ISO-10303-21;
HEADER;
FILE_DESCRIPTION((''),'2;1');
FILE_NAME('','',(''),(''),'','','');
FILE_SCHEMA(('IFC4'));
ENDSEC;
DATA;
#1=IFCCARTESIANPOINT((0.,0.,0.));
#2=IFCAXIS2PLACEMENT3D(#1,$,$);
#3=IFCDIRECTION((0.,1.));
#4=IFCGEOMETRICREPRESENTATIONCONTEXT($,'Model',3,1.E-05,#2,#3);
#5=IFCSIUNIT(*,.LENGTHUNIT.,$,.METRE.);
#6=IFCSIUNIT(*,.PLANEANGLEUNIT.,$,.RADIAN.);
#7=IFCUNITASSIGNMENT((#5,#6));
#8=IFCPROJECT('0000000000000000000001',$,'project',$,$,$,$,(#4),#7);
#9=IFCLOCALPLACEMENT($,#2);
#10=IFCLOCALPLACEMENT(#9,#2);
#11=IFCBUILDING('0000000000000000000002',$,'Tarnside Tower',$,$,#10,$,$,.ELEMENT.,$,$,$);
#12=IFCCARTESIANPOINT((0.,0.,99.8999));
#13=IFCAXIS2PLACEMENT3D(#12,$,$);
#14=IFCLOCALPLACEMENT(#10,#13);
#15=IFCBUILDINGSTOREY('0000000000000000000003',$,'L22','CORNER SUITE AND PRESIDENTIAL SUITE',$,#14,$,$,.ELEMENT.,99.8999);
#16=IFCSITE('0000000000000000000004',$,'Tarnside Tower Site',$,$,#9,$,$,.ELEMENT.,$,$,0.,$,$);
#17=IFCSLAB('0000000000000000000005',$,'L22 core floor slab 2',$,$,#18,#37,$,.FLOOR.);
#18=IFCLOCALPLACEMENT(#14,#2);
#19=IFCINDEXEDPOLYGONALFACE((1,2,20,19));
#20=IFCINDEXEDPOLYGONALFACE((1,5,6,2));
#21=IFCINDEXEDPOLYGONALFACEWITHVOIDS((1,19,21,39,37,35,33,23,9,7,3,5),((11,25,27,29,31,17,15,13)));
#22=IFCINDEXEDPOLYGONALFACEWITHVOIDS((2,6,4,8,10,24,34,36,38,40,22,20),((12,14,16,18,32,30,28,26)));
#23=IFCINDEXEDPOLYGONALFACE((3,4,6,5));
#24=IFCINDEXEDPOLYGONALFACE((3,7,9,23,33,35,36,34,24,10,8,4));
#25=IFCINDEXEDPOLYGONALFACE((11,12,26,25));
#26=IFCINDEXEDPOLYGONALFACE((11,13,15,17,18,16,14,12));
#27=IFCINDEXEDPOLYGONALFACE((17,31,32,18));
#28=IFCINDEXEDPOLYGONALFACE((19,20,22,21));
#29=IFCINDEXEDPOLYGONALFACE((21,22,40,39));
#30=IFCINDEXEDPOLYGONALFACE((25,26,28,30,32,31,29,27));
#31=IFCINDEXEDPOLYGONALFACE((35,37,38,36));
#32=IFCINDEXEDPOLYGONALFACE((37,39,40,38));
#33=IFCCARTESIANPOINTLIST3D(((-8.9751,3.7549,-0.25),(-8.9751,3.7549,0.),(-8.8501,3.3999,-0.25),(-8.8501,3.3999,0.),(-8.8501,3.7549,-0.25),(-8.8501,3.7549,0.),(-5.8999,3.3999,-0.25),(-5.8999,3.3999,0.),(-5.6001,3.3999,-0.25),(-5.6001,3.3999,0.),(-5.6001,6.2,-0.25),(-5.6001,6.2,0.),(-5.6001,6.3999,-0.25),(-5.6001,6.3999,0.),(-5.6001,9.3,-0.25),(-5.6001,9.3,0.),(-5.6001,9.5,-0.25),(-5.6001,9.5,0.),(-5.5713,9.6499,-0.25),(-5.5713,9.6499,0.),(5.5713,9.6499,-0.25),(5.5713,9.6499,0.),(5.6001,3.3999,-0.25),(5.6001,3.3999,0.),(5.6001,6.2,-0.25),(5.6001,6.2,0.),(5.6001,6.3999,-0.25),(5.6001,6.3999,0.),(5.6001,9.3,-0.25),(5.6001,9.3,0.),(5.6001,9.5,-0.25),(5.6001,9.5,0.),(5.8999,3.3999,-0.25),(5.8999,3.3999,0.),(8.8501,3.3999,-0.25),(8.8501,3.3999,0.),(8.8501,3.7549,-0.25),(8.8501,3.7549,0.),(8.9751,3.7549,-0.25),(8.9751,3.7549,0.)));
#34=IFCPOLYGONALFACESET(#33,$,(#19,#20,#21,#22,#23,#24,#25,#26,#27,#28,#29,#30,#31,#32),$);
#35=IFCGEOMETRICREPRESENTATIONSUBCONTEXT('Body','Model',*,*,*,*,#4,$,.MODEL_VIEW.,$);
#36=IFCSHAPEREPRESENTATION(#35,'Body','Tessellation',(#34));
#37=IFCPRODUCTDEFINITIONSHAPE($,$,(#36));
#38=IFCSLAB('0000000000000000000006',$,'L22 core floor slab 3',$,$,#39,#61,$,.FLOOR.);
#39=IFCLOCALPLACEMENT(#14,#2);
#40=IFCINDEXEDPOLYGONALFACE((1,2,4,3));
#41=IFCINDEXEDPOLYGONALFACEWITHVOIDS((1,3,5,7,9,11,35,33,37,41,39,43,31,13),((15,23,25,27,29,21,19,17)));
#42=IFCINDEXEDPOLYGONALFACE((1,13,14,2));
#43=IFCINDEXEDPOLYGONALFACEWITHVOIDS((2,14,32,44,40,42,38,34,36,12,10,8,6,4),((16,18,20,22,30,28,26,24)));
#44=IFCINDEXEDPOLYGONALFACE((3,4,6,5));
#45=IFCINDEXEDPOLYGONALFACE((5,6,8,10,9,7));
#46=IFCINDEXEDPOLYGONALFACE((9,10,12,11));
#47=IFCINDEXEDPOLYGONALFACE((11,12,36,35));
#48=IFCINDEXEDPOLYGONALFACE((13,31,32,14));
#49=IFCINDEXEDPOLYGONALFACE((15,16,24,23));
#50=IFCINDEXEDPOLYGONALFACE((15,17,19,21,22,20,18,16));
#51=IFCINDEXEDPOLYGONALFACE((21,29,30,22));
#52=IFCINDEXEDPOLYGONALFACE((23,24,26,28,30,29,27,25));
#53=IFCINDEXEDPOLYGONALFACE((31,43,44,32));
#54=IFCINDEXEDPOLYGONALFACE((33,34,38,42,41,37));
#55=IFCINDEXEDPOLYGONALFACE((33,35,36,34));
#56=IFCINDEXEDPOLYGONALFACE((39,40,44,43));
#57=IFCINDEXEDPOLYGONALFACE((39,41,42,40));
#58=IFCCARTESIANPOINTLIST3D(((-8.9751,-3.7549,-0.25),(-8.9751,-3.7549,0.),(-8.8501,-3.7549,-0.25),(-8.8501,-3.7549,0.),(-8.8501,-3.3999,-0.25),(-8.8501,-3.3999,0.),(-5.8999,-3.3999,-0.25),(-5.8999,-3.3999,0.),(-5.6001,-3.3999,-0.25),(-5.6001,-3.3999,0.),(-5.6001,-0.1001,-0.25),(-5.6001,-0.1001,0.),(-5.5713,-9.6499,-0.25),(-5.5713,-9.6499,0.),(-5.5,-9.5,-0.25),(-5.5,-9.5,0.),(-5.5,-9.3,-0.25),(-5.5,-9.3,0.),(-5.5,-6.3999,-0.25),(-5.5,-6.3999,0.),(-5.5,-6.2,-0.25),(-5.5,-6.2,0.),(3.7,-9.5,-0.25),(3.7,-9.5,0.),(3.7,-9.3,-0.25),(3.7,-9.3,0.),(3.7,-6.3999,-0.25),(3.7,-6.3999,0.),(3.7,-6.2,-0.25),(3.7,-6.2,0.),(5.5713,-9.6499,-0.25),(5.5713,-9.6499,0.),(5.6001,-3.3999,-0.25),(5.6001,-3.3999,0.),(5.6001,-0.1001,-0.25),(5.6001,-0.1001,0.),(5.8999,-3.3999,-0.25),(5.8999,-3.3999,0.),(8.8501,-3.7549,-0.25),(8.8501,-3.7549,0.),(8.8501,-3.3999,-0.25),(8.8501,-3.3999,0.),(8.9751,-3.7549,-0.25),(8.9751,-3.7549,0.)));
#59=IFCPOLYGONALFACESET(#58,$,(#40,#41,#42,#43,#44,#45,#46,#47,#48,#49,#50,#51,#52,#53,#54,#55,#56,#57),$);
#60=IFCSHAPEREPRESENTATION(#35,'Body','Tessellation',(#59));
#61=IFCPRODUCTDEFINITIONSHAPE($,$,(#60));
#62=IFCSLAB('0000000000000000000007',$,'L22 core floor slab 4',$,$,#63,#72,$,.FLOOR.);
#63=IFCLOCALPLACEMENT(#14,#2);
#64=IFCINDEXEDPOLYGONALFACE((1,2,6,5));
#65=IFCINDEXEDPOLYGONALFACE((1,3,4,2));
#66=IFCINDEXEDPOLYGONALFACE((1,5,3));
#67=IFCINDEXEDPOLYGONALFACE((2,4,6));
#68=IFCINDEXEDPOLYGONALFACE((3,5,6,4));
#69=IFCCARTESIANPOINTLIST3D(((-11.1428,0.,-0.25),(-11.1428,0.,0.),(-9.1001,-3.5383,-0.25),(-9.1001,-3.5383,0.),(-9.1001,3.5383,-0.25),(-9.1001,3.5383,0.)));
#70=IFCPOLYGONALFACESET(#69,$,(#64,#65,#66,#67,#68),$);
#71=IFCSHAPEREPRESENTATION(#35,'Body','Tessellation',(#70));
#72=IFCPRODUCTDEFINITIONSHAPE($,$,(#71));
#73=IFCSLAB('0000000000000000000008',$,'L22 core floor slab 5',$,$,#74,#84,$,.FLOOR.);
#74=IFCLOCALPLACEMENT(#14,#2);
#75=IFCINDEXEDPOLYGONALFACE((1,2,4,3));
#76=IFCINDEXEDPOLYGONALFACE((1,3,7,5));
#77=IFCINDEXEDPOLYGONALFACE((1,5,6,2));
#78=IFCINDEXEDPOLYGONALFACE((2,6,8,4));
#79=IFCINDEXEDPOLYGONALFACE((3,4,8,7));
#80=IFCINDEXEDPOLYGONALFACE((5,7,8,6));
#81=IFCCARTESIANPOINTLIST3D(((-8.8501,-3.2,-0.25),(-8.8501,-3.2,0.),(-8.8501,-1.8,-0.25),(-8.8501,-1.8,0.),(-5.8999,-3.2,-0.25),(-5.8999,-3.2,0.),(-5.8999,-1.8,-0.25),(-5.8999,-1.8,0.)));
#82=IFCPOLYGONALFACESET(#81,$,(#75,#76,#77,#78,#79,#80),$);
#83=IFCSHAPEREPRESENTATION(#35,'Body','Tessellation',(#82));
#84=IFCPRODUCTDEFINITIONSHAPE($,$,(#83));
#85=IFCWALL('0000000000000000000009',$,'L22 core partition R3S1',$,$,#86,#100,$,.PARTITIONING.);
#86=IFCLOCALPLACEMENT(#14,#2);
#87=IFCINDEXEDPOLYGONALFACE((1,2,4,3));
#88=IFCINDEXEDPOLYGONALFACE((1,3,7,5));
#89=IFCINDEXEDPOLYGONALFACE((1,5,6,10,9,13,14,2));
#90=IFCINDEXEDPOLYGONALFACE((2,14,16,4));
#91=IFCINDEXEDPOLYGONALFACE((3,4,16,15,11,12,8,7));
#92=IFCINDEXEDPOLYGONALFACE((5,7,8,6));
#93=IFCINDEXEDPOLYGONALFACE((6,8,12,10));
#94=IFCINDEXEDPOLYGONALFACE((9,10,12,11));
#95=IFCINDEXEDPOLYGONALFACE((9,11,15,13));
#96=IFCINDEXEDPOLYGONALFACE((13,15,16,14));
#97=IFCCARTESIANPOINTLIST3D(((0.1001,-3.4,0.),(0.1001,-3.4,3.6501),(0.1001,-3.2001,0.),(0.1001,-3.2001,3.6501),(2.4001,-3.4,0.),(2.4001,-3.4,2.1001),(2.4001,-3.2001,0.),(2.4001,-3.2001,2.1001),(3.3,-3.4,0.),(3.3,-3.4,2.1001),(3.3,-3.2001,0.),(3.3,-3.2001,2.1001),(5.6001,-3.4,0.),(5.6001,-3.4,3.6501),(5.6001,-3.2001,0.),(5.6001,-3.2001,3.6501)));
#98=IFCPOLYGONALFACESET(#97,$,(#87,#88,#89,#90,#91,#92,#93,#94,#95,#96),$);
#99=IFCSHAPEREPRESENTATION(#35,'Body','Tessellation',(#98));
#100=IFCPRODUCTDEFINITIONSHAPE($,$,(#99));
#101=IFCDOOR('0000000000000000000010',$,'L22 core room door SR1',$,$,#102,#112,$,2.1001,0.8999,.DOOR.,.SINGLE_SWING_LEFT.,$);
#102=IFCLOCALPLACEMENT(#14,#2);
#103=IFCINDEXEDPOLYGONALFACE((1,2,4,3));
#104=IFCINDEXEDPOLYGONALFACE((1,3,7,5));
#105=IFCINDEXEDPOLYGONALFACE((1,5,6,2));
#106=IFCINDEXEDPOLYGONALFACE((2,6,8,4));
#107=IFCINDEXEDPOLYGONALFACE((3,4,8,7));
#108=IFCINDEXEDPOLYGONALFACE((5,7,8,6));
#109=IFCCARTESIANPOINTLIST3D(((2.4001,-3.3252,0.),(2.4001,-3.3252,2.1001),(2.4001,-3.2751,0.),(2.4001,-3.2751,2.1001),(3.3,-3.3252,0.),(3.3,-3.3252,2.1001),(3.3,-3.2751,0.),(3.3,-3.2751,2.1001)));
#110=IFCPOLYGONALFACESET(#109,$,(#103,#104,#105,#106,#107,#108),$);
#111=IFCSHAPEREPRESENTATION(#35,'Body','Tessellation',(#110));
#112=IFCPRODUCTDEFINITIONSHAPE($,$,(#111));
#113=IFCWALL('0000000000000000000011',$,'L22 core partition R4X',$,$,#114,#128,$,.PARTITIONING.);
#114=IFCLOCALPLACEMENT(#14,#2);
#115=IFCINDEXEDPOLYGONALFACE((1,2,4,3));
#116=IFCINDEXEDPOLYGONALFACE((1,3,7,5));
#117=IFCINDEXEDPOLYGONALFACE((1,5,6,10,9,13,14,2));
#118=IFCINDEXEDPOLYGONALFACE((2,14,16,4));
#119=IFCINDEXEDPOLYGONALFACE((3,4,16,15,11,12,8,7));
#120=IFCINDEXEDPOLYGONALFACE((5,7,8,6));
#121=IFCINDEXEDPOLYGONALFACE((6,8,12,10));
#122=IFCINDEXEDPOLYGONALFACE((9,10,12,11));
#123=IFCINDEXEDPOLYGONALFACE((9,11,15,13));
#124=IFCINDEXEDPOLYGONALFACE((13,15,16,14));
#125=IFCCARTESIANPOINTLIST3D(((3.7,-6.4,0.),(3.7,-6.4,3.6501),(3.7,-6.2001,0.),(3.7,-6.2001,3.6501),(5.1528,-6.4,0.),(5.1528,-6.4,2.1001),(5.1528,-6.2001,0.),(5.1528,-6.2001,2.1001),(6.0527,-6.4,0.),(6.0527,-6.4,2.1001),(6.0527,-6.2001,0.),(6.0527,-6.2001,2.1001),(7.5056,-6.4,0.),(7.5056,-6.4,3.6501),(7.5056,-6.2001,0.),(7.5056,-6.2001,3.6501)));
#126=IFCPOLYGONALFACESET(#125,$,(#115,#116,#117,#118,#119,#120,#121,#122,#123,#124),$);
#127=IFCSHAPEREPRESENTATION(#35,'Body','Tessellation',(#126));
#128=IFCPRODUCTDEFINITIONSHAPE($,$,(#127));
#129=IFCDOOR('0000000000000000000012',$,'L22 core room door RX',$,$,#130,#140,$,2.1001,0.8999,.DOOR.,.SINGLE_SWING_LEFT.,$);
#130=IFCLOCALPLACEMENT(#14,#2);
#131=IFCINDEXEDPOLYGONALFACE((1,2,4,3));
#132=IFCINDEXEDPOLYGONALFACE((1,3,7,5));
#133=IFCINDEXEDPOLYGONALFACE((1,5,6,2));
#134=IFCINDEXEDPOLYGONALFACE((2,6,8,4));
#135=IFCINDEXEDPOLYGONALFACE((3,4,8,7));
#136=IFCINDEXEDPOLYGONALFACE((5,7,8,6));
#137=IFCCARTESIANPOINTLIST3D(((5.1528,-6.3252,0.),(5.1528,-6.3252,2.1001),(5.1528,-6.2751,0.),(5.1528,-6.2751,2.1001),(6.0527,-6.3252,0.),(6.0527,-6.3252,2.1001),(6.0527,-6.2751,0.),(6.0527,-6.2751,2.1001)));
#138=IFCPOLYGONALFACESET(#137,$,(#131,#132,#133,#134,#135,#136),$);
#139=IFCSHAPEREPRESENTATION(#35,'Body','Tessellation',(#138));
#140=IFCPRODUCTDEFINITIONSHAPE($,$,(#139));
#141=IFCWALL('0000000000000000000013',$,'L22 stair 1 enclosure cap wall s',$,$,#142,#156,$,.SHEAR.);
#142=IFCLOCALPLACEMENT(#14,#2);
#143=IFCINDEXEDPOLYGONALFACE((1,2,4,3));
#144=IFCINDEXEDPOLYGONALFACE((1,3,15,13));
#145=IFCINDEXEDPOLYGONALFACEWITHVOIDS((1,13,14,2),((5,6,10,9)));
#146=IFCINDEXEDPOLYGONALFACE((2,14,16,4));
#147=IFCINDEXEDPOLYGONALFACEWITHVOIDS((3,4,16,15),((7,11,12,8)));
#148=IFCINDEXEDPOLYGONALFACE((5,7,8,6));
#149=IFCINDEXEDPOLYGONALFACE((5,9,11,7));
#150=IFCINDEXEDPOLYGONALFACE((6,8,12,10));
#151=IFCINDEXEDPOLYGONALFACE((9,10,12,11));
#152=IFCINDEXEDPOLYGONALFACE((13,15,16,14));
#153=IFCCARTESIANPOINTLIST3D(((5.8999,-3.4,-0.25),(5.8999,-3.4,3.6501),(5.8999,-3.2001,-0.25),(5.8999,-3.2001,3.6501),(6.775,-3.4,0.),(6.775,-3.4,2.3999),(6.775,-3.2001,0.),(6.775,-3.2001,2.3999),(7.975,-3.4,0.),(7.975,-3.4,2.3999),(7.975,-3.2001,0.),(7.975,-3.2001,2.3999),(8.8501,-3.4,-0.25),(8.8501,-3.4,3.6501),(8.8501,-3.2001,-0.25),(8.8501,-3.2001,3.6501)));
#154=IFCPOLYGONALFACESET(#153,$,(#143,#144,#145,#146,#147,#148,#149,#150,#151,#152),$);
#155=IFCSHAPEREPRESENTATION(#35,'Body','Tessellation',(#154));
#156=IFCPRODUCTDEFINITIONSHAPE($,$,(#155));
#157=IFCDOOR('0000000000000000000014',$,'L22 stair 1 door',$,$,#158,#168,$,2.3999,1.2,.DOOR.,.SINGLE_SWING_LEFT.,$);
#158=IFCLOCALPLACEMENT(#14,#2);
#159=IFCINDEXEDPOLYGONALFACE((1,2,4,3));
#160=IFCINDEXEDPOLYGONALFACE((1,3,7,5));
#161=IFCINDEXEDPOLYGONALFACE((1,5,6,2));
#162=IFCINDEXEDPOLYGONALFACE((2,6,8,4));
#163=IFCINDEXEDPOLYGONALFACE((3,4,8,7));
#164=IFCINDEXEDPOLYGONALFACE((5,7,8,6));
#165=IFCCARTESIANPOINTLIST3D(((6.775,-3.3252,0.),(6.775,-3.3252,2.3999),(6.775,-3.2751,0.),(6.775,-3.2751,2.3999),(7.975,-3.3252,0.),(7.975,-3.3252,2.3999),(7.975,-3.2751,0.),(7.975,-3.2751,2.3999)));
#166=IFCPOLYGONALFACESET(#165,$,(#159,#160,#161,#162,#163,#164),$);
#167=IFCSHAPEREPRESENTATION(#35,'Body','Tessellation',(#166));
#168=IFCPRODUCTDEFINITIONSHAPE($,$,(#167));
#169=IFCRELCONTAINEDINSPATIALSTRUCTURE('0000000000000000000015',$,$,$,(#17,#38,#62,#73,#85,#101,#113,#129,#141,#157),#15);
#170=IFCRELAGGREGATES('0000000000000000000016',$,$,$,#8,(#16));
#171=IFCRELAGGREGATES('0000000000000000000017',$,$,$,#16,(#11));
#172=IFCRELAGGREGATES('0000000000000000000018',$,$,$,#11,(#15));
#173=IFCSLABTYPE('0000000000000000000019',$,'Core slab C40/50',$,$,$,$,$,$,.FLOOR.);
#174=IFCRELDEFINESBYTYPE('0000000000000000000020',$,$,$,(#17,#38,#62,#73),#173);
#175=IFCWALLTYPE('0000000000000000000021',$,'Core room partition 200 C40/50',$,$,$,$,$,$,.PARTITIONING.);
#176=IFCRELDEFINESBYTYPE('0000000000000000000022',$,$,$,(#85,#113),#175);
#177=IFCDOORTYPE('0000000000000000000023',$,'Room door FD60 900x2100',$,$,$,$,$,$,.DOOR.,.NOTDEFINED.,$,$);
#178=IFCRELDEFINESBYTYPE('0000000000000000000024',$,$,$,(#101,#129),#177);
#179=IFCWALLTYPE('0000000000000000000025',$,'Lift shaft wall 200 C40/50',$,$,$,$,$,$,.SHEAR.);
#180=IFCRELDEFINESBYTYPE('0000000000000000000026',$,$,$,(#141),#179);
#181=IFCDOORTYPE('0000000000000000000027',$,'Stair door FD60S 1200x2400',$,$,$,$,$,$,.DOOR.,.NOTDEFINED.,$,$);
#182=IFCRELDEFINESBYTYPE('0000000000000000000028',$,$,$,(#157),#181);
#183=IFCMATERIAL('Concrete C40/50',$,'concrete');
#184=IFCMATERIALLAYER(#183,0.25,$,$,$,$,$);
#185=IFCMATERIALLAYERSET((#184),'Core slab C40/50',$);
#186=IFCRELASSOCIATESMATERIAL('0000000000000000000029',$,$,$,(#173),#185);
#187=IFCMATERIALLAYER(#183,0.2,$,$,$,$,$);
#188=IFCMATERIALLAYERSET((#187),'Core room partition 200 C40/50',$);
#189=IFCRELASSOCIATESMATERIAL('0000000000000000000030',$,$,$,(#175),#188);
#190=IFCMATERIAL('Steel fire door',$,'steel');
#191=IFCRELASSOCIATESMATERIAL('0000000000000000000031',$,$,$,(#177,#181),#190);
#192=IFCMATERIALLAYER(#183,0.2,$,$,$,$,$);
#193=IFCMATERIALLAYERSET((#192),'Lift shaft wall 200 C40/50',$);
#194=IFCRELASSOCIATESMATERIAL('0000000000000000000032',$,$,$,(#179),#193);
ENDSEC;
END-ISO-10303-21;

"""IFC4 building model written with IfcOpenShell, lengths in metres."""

from ifc_helpers import new_model, si_unit, direction, frame, frame_2d, origin, place, context, subcontext, project, spatial, polyline, rectangle, outline, extrude, material, layer, layer_set, type_object, element, fill, save


model = new_model("IFC4")

# Units and contexts
model_context = context("Model", 3, precision=1e-05, world=origin(), true_north=direction((0.0, 1.0)))
body_context = subcontext(model_context, "Body", "Model", "MODEL_VIEW")
ifc_project = project(units=[si_unit("LENGTHUNIT", "METRE"), si_unit("PLANEANGLEUNIT", "RADIAN")], contexts=[model_context])

# Site, building, storey
site_placement = place(None, origin())
site = spatial("IfcSite", under=ifc_project, at=site_placement, Name="Tarnside Tower Site", CompositionType="ELEMENT", RefElevation=0.0)
building_placement = place(site_placement, origin())
building = spatial("IfcBuilding", under=site, at=building_placement, Name="Tarnside Tower", CompositionType="ELEMENT")
storey_placement = place(building_placement, frame((0.0, 0.0, 99.8999)))
storey = spatial("IfcBuildingStorey", under=building, at=storey_placement, Name="L22", Description="CORNER SUITE AND PRESIDENTIAL SUITE", CompositionType="ELEMENT", Elevation=99.8999)

# Slabs
ifc_material_1 = material(Name="Concrete C40/50", Category="concrete")
ifc_layer_1 = layer(ifc_material_1, 0.25)
ifc_layer_set_1 = layer_set([ifc_layer_1], Name="Core slab C40/50")
slab_type = type_object("IfcSlabType", Name="Core slab C40/50", PredefinedType="FLOOR", material=ifc_layer_set_1)
slab_1_placement = place(storey_placement, frame((0.0, 0.0, -0.25)))
element("IfcSlab", 1, at=slab_1_placement, inside=storey, type_object=slab_type, Name="L22 core floor slab 2", PredefinedType="FLOOR", context=body_context, shape_type="SweptSolid", body=[
    extrude(outline(polyline([(-8.9751, 3.7549), (-5.5713, 9.6499), (5.5713, 9.6499), (8.9751, 3.7549), (8.8501, 3.7549), (8.8501, 3.3999), (5.8999, 3.3999), (5.6001, 3.3999), (5.6001, 3.3999), (-5.6001, 3.3999), (-5.8999, 3.3999), (-8.8501, 3.3999), (-8.8501, 3.7549), (-8.9751, 3.7549)]), holes=[polyline([(-5.6001, 6.2), (5.6001, 6.2), (5.6001, 6.3999), (5.6001, 9.3), (5.6001, 9.5), (-5.6001, 9.5), (-5.6001, 9.3), (-5.6001, 6.3999), (-5.6001, 6.2)])]), origin(), (0.0, 0.0, 1.0), 0.25),
])
slab_2_placement = place(storey_placement, frame((0.0, 0.0, -0.25)))
element("IfcSlab", 2, at=slab_2_placement, inside=storey, type_object=slab_type, Name="L22 core floor slab 3", PredefinedType="FLOOR", context=body_context, shape_type="SweptSolid", body=[
    extrude(outline(polyline([(5.6001, -3.3999), (5.8999, -3.3999), (8.8501, -3.3999), (8.8501, -3.7549), (8.9751, -3.7549), (5.5713, -9.6499), (-5.5713, -9.6499), (-8.9751, -3.7549), (-8.8501, -3.7549), (-8.8501, -3.3999), (-5.8999, -3.3999), (-5.6001, -3.3999), (-5.6001, -0.1001), (5.6001, -0.1001), (5.6001, -3.3999)]), holes=[polyline([(-5.5, -9.3), (-5.5, -9.5), (3.7, -9.5), (3.7, -9.3), (3.7, -6.3999), (3.7, -6.2), (-5.5, -6.2), (-5.5, -6.3999), (-5.5, -9.3)])]), origin(), (0.0, 0.0, 1.0), 0.25),
])
slab_3_placement = place(storey_placement, frame((0.0, 0.0, -0.25)))
element("IfcSlab", 3, at=slab_3_placement, inside=storey, type_object=slab_type, Name="L22 core floor slab 4", PredefinedType="FLOOR", context=body_context, shape_type="SweptSolid", body=[
    extrude(outline(polyline([(-11.1428, 0.0), (-9.1001, 3.5383), (-9.1001, -3.5383), (-11.1428, 0.0)])), origin(), (0.0, 0.0, 1.0), 0.25),
])
slab_4_placement = place(storey_placement, frame((0.0, 0.0, -0.25)))
element("IfcSlab", 4, at=slab_4_placement, inside=storey, type_object=slab_type, Name="L22 core floor slab 5", PredefinedType="FLOOR", context=body_context, shape_type="SweptSolid", body=[
    extrude(outline(polyline([(-8.8501, -1.8), (-5.8999, -1.8), (-5.8999, -3.2), (-8.8501, -3.2), (-8.8501, -1.8)])), origin(), (0.0, 0.0, 1.0), 0.25),
])

# Walls, openings, doors
ifc_layer_2 = layer(ifc_material_1, 0.2)
ifc_layer_set_2 = layer_set([ifc_layer_2], Name="Core room partition 200 C40/50")
wall_type_1 = type_object("IfcWallType", Name="Core room partition 200 C40/50", PredefinedType="PARTITIONING", material=ifc_layer_set_2)
wall_1_placement = place(storey_placement, frame((0.1001, -3.3, 0.0), z_axis=(0.0, 0.0, 1.0), x_axis=(1.0, 0.0, 0.0)))
wall_1 = element("IfcWall", 5, at=wall_1_placement, inside=storey, type_object=wall_type_1, Name="L22 core partition R3S1", PredefinedType="PARTITIONING", context=body_context, shape_type="SweptSolid", body=[
    extrude(rectangle(XDim=5.5, YDim=0.2, at=frame_2d((2.75, 0.0))), origin(), (0.0, 0.0, 1.0), 3.6501),
])
opening_1_placement = place(wall_1_placement, frame((2.3, 0.0, 0.0)))
opening_1 = element("IfcOpeningElement", 6, at=opening_1_placement, cuts=wall_1, PredefinedType="OPENING", context=body_context, shape_type="SweptSolid", body=[
    extrude(rectangle(XDim=0.8999, YDim=2.1001, at=frame_2d((0.45, 1.05))), frame((0.0, 0.1099, 0.0), z_axis=(0.0, -1.0, 0.0), x_axis=(1.0, 0.0, 0.0)), (0.0, 0.0, 1.0), 0.22),
])
ifc_material_2 = material(Name="Steel fire door", Category="steel")
door_type_1 = type_object("IfcDoorType", Name="Room door FD60 900x2100", OperationType="NOTDEFINED", PredefinedType="DOOR", material=ifc_material_2)
door_1_placement = place(opening_1_placement, origin())
door_1 = element("IfcDoor", 7, at=door_1_placement, inside=storey, type_object=door_type_1, Name="L22 core room door SR1", OperationType="SINGLE_SWING_LEFT", OverallHeight=2.1001, OverallWidth=0.8999, PredefinedType="DOOR", context=body_context, shape_type="SweptSolid", body=[
    extrude(rectangle(XDim=0.8999, YDim=2.1001, at=frame_2d((0.45, 1.05))), frame((0.0, 0.0249, 0.0), z_axis=(0.0, -1.0, 0.0), x_axis=(1.0, 0.0, 0.0)), (0.0, 0.0, 1.0), 0.05),
])
fill(opening_1, door_1)
wall_2_placement = place(storey_placement, frame((3.7, -6.3, 0.0), z_axis=(0.0, 0.0, 1.0), x_axis=(1.0, 0.0, 0.0)))
wall_2 = element("IfcWall", 8, at=wall_2_placement, inside=storey, type_object=wall_type_1, Name="L22 core partition R4X", PredefinedType="PARTITIONING", context=body_context, shape_type="SweptSolid", body=[
    extrude(rectangle(XDim=3.8057, YDim=0.2, at=frame_2d((1.9028, 0.0))), origin(), (0.0, 0.0, 1.0), 3.6501),
])
opening_2_placement = place(wall_2_placement, frame((1.4529, 0.0, 0.0)))
opening_2 = element("IfcOpeningElement", 9, at=opening_2_placement, cuts=wall_2, PredefinedType="OPENING", context=body_context, shape_type="SweptSolid", body=[
    extrude(rectangle(XDim=0.8999, YDim=2.1001, at=frame_2d((0.45, 1.05))), frame((0.0, 0.1099, 0.0), z_axis=(0.0, -1.0, 0.0), x_axis=(1.0, 0.0, 0.0)), (0.0, 0.0, 1.0), 0.22),
])
door_2_placement = place(opening_2_placement, origin())
door_2 = element("IfcDoor", 10, at=door_2_placement, inside=storey, type_object=door_type_1, Name="L22 core room door RX", OperationType="SINGLE_SWING_LEFT", OverallHeight=2.1001, OverallWidth=0.8999, PredefinedType="DOOR", context=body_context, shape_type="SweptSolid", body=[
    extrude(rectangle(XDim=0.8999, YDim=2.1001, at=frame_2d((0.45, 1.05))), frame((0.0, 0.0249, 0.0), z_axis=(0.0, -1.0, 0.0), x_axis=(1.0, 0.0, 0.0)), (0.0, 0.0, 1.0), 0.05),
])
fill(opening_2, door_2)
ifc_layer_3 = layer(ifc_material_1, 0.2)
ifc_layer_set_3 = layer_set([ifc_layer_3], Name="Lift shaft wall 200 C40/50")
wall_type_2 = type_object("IfcWallType", Name="Lift shaft wall 200 C40/50", PredefinedType="SHEAR", material=ifc_layer_set_3)
wall_3_placement = place(storey_placement, frame((5.8999, -3.3, -0.25), z_axis=(0.0, 0.0, 1.0), x_axis=(1.0, 0.0, 0.0)))
wall_3 = element("IfcWall", 11, at=wall_3_placement, inside=storey, type_object=wall_type_2, Name="L22 stair 1 enclosure cap wall s", PredefinedType="SHEAR", context=body_context, shape_type="SweptSolid", body=[
    extrude(rectangle(XDim=2.9502, YDim=0.2, at=frame_2d((1.4751, 0.0))), origin(), (0.0, 0.0, 1.0), 3.9001),
])
opening_3_placement = place(wall_3_placement, frame((0.875, 0.0, 0.25)))
opening_3 = element("IfcOpeningElement", 12, at=opening_3_placement, cuts=wall_3, PredefinedType="OPENING", context=body_context, shape_type="SweptSolid", body=[
    extrude(rectangle(XDim=1.2, YDim=2.3999, at=frame_2d((0.6001, 1.2))), frame((0.0, 0.1099, 0.0), z_axis=(0.0, -1.0, 0.0), x_axis=(1.0, 0.0, 0.0)), (0.0, 0.0, 1.0), 0.22),
])
door_type_2 = type_object("IfcDoorType", Name="Stair door FD60S 1200x2400", OperationType="NOTDEFINED", PredefinedType="DOOR", material=ifc_material_2)
door_3_placement = place(opening_3_placement, origin())
door_3 = element("IfcDoor", 13, at=door_3_placement, inside=storey, type_object=door_type_2, Name="L22 stair 1 door", OperationType="SINGLE_SWING_LEFT", OverallHeight=2.3999, OverallWidth=1.2, PredefinedType="DOOR", context=body_context, shape_type="SweptSolid", body=[
    extrude(rectangle(XDim=1.2, YDim=2.3999, at=frame_2d((0.6001, 1.2))), frame((0.0, 0.0249, 0.0), z_axis=(0.0, -1.0, 0.0), x_axis=(1.0, 0.0, 0.0)), (0.0, 0.0, 1.0), 0.05),
])
fill(opening_3, door_3)

save(model, "model.ifc")
